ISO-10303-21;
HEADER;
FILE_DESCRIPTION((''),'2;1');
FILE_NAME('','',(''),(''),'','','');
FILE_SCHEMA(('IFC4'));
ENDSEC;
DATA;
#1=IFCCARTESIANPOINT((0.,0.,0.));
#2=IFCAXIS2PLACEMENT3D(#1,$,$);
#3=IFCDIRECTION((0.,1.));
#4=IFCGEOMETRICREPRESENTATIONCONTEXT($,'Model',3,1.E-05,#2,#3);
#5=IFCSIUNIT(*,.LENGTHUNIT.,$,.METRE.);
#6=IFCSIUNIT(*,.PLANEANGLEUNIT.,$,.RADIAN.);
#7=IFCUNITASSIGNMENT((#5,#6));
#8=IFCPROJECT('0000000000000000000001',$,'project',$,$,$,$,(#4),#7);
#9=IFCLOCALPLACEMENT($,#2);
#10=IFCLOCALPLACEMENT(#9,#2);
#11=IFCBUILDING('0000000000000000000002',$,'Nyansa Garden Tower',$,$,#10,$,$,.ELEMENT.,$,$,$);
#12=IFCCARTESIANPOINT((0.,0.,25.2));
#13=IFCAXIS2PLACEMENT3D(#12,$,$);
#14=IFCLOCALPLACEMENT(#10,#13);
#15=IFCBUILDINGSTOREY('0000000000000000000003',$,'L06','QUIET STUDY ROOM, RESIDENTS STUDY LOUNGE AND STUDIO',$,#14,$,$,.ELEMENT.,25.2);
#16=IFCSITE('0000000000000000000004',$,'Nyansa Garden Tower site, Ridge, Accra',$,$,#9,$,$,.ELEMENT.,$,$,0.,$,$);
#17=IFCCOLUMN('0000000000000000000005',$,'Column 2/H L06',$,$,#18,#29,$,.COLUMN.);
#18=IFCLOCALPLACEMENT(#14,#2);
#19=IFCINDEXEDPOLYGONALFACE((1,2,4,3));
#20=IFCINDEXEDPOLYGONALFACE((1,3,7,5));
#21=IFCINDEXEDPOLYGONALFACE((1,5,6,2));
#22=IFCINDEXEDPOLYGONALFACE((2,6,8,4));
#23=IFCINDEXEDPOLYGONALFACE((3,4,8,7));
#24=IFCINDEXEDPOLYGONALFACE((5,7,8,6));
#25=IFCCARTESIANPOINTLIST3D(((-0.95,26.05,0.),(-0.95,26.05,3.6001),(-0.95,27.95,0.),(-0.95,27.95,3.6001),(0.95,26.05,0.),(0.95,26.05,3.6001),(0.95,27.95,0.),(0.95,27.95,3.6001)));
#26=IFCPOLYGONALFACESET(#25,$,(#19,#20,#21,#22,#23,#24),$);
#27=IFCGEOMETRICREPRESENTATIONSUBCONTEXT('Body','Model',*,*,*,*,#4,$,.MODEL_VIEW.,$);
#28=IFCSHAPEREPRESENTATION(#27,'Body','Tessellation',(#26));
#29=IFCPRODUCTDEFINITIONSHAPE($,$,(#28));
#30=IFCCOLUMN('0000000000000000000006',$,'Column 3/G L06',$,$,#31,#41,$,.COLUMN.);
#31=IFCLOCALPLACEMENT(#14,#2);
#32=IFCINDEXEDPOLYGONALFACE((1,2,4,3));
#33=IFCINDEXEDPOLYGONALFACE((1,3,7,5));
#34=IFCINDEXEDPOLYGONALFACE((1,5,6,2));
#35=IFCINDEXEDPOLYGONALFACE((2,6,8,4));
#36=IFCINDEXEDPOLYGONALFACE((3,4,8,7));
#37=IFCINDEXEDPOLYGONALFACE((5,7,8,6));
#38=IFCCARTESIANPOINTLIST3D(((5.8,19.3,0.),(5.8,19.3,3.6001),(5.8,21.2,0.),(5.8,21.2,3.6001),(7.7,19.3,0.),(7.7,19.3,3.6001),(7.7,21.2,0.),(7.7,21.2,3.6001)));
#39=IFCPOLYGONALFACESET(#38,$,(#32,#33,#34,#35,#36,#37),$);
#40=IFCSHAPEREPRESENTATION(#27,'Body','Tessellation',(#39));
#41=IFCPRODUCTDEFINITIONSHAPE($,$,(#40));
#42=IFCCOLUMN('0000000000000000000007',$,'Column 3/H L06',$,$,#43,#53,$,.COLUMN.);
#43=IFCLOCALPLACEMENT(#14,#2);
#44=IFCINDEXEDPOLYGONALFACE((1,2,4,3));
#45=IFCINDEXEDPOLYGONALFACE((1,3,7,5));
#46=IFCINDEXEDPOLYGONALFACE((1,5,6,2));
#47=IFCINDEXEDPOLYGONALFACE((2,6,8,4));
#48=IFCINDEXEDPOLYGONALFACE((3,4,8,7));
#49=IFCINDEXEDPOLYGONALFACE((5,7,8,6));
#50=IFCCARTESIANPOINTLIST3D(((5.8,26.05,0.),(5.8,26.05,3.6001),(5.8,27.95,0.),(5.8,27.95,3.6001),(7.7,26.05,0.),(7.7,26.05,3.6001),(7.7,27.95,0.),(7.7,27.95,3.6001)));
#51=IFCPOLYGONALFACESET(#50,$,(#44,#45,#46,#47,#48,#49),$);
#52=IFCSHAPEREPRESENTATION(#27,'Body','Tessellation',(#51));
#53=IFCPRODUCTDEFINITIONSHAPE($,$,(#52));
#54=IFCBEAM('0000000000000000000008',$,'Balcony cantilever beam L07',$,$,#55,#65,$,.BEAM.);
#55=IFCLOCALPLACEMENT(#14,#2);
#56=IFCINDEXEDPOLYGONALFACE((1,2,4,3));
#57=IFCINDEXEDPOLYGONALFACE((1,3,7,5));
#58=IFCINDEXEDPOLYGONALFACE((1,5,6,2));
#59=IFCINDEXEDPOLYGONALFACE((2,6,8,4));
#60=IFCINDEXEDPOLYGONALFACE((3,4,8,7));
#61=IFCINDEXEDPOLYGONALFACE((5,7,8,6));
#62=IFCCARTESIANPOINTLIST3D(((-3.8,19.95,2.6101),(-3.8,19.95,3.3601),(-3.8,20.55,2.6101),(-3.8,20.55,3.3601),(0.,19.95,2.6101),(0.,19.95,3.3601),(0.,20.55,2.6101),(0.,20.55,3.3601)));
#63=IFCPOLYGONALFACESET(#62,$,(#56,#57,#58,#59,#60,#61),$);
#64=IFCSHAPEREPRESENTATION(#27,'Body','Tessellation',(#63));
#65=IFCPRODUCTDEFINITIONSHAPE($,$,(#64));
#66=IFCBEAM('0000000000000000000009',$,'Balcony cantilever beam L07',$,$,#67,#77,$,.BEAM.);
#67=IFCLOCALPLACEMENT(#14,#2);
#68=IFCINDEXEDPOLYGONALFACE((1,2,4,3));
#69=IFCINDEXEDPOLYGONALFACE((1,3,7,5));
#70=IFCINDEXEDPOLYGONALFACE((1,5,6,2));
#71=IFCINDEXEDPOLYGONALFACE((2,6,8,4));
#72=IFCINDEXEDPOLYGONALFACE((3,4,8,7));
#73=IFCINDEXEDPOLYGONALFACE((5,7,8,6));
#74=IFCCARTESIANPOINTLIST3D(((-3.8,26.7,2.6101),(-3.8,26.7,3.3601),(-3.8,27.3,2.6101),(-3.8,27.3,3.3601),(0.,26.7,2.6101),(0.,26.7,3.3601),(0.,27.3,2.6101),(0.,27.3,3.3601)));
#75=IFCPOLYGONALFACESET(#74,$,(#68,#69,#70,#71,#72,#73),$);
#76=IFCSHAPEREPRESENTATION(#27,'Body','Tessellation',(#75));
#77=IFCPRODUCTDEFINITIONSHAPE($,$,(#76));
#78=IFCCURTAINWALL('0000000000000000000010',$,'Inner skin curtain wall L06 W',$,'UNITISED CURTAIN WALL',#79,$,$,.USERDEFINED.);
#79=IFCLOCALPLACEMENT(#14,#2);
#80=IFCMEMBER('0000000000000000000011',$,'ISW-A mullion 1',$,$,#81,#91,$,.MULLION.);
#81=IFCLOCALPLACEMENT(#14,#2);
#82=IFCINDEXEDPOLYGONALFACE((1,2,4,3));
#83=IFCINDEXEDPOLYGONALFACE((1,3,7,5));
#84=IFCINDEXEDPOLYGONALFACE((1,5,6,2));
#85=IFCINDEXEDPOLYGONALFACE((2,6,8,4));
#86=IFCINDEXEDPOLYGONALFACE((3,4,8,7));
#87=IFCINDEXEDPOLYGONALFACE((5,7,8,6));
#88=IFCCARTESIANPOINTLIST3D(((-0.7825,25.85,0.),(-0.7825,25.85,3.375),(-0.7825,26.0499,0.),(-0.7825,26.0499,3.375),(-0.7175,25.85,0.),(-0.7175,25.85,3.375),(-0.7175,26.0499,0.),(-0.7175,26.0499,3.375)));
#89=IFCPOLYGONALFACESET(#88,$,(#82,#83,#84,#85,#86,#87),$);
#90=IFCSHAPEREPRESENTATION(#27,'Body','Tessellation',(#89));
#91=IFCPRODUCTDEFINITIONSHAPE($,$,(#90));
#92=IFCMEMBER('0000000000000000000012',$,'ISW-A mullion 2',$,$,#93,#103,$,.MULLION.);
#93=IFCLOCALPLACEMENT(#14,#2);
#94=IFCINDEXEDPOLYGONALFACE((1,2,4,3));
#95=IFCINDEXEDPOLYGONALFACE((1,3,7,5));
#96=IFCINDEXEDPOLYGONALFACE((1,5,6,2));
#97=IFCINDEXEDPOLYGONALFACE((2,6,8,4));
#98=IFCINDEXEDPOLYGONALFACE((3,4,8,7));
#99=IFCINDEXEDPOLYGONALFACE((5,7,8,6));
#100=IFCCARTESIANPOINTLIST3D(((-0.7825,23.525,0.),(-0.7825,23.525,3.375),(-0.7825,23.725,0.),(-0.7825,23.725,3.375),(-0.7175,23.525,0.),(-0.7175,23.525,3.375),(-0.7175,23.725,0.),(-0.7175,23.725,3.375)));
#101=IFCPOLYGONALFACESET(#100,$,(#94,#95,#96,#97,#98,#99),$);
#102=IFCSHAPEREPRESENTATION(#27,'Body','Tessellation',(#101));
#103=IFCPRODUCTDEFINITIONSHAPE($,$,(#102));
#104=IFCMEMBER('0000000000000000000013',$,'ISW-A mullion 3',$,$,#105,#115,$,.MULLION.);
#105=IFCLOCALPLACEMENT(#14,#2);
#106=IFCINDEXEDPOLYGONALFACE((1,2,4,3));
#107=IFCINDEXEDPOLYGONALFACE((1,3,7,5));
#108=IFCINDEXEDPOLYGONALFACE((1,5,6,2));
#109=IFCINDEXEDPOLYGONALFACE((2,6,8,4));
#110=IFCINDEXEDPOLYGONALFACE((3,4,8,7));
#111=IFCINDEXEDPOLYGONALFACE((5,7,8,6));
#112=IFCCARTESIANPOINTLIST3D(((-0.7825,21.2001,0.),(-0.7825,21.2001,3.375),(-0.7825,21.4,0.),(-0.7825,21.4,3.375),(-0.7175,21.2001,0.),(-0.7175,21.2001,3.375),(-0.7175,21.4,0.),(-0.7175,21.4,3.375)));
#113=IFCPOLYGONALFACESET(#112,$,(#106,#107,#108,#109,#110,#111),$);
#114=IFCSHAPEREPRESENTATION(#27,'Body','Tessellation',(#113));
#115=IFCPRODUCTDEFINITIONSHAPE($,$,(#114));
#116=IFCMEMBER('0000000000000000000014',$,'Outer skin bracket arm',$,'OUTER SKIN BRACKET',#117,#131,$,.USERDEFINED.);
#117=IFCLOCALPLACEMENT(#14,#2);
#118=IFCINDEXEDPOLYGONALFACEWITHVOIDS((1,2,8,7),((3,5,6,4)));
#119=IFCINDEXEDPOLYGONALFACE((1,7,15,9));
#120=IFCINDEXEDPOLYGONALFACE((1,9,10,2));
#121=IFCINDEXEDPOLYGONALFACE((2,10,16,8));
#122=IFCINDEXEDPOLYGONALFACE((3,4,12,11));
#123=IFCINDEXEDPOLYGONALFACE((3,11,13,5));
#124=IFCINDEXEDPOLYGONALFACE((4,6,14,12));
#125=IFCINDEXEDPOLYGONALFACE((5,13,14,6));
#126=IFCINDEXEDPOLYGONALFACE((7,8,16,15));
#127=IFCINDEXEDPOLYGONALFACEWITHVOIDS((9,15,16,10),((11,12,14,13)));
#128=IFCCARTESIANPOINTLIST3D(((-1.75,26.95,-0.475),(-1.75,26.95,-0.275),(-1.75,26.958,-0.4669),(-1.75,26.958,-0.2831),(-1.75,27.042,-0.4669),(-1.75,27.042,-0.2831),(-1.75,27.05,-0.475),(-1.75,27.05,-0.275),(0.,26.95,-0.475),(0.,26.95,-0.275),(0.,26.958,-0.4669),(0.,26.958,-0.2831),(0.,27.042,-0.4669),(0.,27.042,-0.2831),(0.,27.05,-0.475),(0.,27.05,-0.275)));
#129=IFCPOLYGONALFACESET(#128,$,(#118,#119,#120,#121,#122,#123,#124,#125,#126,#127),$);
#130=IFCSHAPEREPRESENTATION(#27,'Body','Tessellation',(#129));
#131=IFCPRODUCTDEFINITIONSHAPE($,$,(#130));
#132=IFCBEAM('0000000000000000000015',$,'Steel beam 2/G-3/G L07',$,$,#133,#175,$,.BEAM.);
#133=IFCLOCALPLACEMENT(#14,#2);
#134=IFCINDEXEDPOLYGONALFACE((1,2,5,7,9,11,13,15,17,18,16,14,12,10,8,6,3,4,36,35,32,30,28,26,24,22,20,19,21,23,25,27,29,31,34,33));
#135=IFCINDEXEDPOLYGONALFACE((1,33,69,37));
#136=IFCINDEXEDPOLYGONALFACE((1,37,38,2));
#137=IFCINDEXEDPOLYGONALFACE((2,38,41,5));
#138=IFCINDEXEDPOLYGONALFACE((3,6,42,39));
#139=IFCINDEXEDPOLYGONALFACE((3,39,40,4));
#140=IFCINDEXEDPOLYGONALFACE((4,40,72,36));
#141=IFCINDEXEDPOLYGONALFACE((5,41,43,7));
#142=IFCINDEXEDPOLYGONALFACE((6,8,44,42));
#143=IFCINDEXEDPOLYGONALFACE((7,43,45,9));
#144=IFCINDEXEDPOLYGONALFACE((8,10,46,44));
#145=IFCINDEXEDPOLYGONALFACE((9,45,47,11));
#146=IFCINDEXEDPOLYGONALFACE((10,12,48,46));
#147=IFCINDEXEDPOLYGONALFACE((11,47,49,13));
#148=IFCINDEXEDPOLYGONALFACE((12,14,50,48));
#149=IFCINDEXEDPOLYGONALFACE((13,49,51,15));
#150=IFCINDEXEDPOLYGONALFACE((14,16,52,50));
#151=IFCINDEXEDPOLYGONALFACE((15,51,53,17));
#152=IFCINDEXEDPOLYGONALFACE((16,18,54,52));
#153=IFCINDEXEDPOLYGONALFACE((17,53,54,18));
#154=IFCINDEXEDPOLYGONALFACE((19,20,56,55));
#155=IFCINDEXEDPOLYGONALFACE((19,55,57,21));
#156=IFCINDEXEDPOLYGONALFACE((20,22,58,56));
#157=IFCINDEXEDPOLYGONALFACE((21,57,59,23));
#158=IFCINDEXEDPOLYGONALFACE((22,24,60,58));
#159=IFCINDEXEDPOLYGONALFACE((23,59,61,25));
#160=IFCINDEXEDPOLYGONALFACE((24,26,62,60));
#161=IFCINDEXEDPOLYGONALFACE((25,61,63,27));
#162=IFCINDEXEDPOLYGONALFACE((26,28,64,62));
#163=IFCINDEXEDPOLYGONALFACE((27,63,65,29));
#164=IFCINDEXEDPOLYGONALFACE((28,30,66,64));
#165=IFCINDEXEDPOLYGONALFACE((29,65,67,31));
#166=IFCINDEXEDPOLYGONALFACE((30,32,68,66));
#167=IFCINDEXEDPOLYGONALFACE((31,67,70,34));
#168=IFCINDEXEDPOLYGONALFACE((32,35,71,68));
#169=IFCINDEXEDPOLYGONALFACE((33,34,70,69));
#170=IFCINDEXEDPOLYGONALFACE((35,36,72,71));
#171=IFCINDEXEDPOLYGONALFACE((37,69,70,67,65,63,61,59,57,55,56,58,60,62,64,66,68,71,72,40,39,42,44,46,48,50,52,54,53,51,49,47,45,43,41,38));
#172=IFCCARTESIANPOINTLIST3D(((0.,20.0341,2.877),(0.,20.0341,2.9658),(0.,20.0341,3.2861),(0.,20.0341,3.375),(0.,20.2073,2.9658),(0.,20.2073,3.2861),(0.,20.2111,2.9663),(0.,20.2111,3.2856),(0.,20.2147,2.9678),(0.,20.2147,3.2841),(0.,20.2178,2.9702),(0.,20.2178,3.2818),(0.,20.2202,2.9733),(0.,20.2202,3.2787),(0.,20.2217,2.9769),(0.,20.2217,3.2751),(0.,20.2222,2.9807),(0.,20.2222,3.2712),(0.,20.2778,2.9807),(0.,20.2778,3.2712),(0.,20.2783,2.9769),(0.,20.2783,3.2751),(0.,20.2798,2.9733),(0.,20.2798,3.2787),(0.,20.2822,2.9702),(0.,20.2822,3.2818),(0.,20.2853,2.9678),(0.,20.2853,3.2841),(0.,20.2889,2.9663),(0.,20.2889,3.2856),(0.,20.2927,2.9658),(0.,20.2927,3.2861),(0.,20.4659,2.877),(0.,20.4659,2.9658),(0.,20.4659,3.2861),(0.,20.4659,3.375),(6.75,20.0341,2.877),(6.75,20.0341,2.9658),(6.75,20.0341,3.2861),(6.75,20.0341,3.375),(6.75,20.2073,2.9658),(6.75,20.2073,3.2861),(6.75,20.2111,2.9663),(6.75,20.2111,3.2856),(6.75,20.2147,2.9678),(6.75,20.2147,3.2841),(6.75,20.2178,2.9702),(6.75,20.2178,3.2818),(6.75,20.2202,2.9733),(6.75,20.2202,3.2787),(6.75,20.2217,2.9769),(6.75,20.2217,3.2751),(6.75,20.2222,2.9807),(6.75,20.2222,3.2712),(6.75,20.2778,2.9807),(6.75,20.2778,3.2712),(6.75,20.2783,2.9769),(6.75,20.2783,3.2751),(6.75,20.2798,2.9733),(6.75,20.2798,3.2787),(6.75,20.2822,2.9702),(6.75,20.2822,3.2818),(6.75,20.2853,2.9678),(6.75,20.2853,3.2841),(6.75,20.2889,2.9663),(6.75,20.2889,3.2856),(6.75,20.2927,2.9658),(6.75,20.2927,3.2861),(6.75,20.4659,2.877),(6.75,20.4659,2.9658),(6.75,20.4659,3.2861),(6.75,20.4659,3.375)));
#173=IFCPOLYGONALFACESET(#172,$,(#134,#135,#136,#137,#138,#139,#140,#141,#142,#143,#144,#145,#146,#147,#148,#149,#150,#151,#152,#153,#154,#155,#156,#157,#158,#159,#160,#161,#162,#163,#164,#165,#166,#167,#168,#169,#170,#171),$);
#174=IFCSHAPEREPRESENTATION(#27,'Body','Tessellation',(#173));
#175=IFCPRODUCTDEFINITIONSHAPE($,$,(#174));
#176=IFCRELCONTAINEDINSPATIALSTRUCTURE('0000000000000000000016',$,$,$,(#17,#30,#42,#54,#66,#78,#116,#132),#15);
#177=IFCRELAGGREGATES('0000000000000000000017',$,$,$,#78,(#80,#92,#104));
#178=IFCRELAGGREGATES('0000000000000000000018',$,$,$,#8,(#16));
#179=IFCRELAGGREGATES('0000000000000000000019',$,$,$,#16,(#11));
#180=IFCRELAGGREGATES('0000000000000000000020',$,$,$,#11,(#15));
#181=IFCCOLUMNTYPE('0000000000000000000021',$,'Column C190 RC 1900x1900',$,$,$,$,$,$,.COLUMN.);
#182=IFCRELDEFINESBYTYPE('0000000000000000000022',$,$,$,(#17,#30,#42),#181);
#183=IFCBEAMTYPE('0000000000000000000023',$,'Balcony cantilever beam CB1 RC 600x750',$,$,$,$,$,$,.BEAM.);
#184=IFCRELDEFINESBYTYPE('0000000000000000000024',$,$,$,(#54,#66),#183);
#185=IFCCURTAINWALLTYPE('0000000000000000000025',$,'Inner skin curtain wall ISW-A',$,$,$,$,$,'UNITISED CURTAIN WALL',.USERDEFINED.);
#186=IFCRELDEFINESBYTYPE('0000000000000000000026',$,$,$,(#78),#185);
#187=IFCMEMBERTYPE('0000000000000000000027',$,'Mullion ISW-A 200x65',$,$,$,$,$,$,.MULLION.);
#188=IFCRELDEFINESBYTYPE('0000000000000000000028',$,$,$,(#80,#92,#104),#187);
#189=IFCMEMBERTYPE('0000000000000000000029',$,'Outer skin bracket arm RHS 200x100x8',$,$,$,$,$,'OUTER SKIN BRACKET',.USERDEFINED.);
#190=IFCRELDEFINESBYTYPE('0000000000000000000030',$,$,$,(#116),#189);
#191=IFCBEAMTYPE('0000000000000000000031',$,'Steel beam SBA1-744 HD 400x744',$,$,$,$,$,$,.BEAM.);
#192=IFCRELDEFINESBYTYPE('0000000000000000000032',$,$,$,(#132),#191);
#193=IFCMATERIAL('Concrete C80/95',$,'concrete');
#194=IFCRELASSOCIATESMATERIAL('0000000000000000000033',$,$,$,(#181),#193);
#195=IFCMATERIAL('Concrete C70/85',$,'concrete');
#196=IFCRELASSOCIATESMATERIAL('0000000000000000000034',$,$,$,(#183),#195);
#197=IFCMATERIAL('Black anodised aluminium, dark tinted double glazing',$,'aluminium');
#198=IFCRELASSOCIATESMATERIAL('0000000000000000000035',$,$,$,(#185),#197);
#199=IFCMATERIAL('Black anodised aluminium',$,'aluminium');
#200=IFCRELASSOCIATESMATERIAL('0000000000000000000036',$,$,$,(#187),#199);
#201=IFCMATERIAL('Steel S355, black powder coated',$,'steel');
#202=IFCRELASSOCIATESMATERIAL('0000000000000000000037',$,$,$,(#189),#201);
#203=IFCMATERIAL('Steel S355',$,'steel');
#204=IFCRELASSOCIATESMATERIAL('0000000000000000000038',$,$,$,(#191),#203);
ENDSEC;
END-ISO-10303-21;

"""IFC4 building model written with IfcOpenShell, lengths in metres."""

from ifc_helpers import new_model, si_unit, direction, frame, origin, origin_2d, place, context, subcontext, project, spatial, rectangle, hollow_rectangle, i_section, extrude, material, material_profile, profile_set, type_object, element, aggregate, save


model = new_model("IFC4")

# Units and contexts
model_context = context("Model", 3, precision=1e-05, world=origin(), true_north=direction((0.0, 1.0)))
body_context = subcontext(model_context, "Body", "Model", "MODEL_VIEW")
ifc_project = project(units=[si_unit("LENGTHUNIT", "METRE"), si_unit("PLANEANGLEUNIT", "RADIAN")], contexts=[model_context])

# Site, building, storey
site_placement = place(None, origin())
site = spatial("IfcSite", under=ifc_project, at=site_placement, Name="Nyansa Garden Tower site, Ridge, Accra", CompositionType="ELEMENT", RefElevation=0.0)
building_placement = place(site_placement, origin())
building = spatial("IfcBuilding", under=site, at=building_placement, Name="Nyansa Garden Tower", CompositionType="ELEMENT")
storey_placement = place(building_placement, frame((0.0, 0.0, 25.2)))
storey = spatial("IfcBuildingStorey", under=building, at=storey_placement, Name="L06", Description="QUIET STUDY ROOM, RESIDENTS STUDY LOUNGE AND STUDIO", CompositionType="ELEMENT", Elevation=25.2)

# Columns
ifc_material_1 = material(Name="Concrete C80/95", Category="concrete")
ifc_material_profile_1 = material_profile(ifc_material_1, rectangle(XDim=1.8999, YDim=1.8999, at=origin_2d()), Name="RC 1900x1900")
ifc_profile_set_1 = profile_set([ifc_material_profile_1], Name="Concrete C80/95")
column_type = type_object("IfcColumnType", Name="Column C190 RC 1900x1900", PredefinedType="COLUMN", material=ifc_profile_set_1)
for number, where, z_axis, x_axis, name in (
    (1, (0.0, 27.0, 0.0), (0.0, 0.0, 1.0), (1.0, 0.0, 0.0), "Column 2/H L06"),
    (2, (6.75, 20.25, 0.0), (0.0, 0.0, 1.0), (1.0, 0.0, 0.0), "Column 3/G L06"),
    (3, (6.75, 27.0, 0.0), (0.0, 0.0, 1.0), (1.0, 0.0, 0.0), "Column 3/H L06"),
):
    element("IfcColumn", number, at=place(storey_placement, frame(where, z_axis=z_axis, x_axis=x_axis)), inside=storey, type_object=column_type, Name=name, PredefinedType="COLUMN", context=body_context, shape_type="SweptSolid", body=[
        extrude(rectangle(XDim=1.8999, YDim=1.8999, at=origin_2d()), origin(), (0.0, 0.0, 1.0), 3.6001),
    ])

# Beams
ifc_material_2 = material(Name="Concrete C70/85", Category="concrete")
ifc_material_profile_2 = material_profile(ifc_material_2, rectangle(XDim=0.6001, YDim=0.75, at=origin_2d()), Name="RC 600x750")
ifc_profile_set_2 = profile_set([ifc_material_profile_2], Name="Concrete C70/85")
beam_type_1 = type_object("IfcBeamType", Name="Balcony cantilever beam CB1 RC 600x750", PredefinedType="BEAM", material=ifc_profile_set_2)
for number, where, z_axis, x_axis, name in (
    (4, (0.0, 20.25, 2.9851), (-1.0, 0.0, 0.0), (0.0, -1.0, 0.0), "Balcony cantilever beam L07"),
    (5, (0.0, 27.0, 2.9851), (-1.0, 0.0, 0.0), (0.0, -1.0, 0.0), "Balcony cantilever beam L07"),
):
    element("IfcBeam", number, at=place(storey_placement, frame(where, z_axis=z_axis, x_axis=x_axis)), inside=storey, type_object=beam_type_1, Name=name, PredefinedType="BEAM", context=body_context, shape_type="SweptSolid", body=[
        extrude(rectangle(XDim=0.6001, YDim=0.75, at=origin_2d()), origin(), (0.0, 0.0, 1.0), 3.8),
    ])

# Curtain wall, members
ifc_material_3 = material(Name="Black anodised aluminium, dark tinted double glazing", Category="aluminium")
curtain_wall_type = type_object("IfcCurtainWallType", Name="Inner skin curtain wall ISW-A", ElementType="UNITISED CURTAIN WALL", PredefinedType="USERDEFINED", material=ifc_material_3)
curtain_wall_placement = place(storey_placement, origin())
curtain_wall = element("IfcCurtainWall", 6, at=curtain_wall_placement, inside=storey, type_object=curtain_wall_type, Name="Inner skin curtain wall L06 W", ObjectType="UNITISED CURTAIN WALL", PredefinedType="USERDEFINED")
ifc_material_4 = material(Name="Black anodised aluminium", Category="aluminium")
ifc_material_profile_3 = material_profile(ifc_material_4, rectangle(XDim=0.0649, YDim=0.2, at=origin_2d()), Name="Mullion 200x65")
ifc_profile_set_3 = profile_set([ifc_material_profile_3], Name="Black anodised aluminium")
member_type_1 = type_object("IfcMemberType", Name="Mullion ISW-A 200x65", PredefinedType="MULLION", material=ifc_profile_set_3)
member_1_placement = place(storey_placement, frame((-0.75, 25.95, 0.0), z_axis=(0.0, 0.0, 1.0), x_axis=(1.0, 0.0, 0.0)))
member_1 = element("IfcMember", 7, at=member_1_placement, type_object=member_type_1, Name="ISW-A mullion 1", PredefinedType="MULLION", context=body_context, shape_type="SweptSolid", body=[
    extrude(rectangle(XDim=0.0649, YDim=0.2, at=origin_2d()), origin(), (0.0, 0.0, 1.0), 3.375),
])
member_2_placement = place(storey_placement, frame((-0.75, 23.625, 0.0), z_axis=(0.0, 0.0, 1.0), x_axis=(1.0, 0.0, 0.0)))
member_2 = element("IfcMember", 8, at=member_2_placement, type_object=member_type_1, Name="ISW-A mullion 2", PredefinedType="MULLION", context=body_context, shape_type="SweptSolid", body=[
    extrude(rectangle(XDim=0.0649, YDim=0.2, at=origin_2d()), origin(), (0.0, 0.0, 1.0), 3.375),
])
member_3_placement = place(storey_placement, frame((-0.75, 21.3, 0.0), z_axis=(0.0, 0.0, 1.0), x_axis=(1.0, 0.0, 0.0)))
member_3 = element("IfcMember", 9, at=member_3_placement, type_object=member_type_1, Name="ISW-A mullion 3", PredefinedType="MULLION", context=body_context, shape_type="SweptSolid", body=[
    extrude(rectangle(XDim=0.0649, YDim=0.2, at=origin_2d()), origin(), (0.0, 0.0, 1.0), 3.375),
])

# Member
ifc_material_5 = material(Name="Steel S355, black powder coated", Category="steel")
ifc_material_profile_4 = material_profile(ifc_material_5, hollow_rectangle(XDim=0.1001, YDim=0.2, WallThickness=0.0081, at=origin_2d()), Name="RHS 200x100x8")
ifc_profile_set_4 = profile_set([ifc_material_profile_4], Name="Steel S355, black powder coated")
member_type_2 = type_object("IfcMemberType", Name="Outer skin bracket arm RHS 200x100x8", ElementType="OUTER SKIN BRACKET", PredefinedType="USERDEFINED", material=ifc_profile_set_4)
member_4_placement = place(storey_placement, frame((0.0, 27.0, -0.375), z_axis=(-1.0, 0.0, 0.0), x_axis=(0.0, -1.0, 0.0)))
element("IfcMember", 10, at=member_4_placement, inside=storey, type_object=member_type_2, Name="Outer skin bracket arm", ObjectType="OUTER SKIN BRACKET", PredefinedType="USERDEFINED", context=body_context, shape_type="SweptSolid", body=[
    extrude(hollow_rectangle(XDim=0.1001, YDim=0.2, WallThickness=0.0081, at=origin_2d()), origin(), (0.0, 0.0, 1.0), 1.75),
])

# Beam
ifc_material_6 = material(Name="Steel S355", Category="steel")
ifc_material_profile_5 = material_profile(ifc_material_6, i_section(OverallWidth=0.4319, OverallDepth=0.498, WebThickness=0.0557, FlangeThickness=0.0889, FilletRadius=0.0149, at=origin_2d()), Name="HD 400x744")
ifc_profile_set_5 = profile_set([ifc_material_profile_5], Name="Steel S355")
beam_type_2 = type_object("IfcBeamType", Name="Steel beam SBA1-744 HD 400x744", PredefinedType="BEAM", material=ifc_profile_set_5)
for number, where, z_axis, x_axis, name in (
    (11, (0.0, 20.25, 3.126), (1.0, 0.0, 0.0), (0.0, 1.0, 0.0), "Steel beam 2/G-3/G L07"),
):
    element("IfcBeam", number, at=place(storey_placement, frame(where, z_axis=z_axis, x_axis=x_axis)), inside=storey, type_object=beam_type_2, Name=name, PredefinedType="BEAM", context=body_context, shape_type="SweptSolid", body=[
        extrude(i_section(OverallWidth=0.4319, OverallDepth=0.498, WebThickness=0.0557, FlangeThickness=0.0889, FilletRadius=0.0149, at=origin_2d()), origin(), (0.0, 0.0, 1.0), 6.75),
    ])

aggregate(curtain_wall, [member_1, member_2, member_3])

save(model, "model.ifc")
